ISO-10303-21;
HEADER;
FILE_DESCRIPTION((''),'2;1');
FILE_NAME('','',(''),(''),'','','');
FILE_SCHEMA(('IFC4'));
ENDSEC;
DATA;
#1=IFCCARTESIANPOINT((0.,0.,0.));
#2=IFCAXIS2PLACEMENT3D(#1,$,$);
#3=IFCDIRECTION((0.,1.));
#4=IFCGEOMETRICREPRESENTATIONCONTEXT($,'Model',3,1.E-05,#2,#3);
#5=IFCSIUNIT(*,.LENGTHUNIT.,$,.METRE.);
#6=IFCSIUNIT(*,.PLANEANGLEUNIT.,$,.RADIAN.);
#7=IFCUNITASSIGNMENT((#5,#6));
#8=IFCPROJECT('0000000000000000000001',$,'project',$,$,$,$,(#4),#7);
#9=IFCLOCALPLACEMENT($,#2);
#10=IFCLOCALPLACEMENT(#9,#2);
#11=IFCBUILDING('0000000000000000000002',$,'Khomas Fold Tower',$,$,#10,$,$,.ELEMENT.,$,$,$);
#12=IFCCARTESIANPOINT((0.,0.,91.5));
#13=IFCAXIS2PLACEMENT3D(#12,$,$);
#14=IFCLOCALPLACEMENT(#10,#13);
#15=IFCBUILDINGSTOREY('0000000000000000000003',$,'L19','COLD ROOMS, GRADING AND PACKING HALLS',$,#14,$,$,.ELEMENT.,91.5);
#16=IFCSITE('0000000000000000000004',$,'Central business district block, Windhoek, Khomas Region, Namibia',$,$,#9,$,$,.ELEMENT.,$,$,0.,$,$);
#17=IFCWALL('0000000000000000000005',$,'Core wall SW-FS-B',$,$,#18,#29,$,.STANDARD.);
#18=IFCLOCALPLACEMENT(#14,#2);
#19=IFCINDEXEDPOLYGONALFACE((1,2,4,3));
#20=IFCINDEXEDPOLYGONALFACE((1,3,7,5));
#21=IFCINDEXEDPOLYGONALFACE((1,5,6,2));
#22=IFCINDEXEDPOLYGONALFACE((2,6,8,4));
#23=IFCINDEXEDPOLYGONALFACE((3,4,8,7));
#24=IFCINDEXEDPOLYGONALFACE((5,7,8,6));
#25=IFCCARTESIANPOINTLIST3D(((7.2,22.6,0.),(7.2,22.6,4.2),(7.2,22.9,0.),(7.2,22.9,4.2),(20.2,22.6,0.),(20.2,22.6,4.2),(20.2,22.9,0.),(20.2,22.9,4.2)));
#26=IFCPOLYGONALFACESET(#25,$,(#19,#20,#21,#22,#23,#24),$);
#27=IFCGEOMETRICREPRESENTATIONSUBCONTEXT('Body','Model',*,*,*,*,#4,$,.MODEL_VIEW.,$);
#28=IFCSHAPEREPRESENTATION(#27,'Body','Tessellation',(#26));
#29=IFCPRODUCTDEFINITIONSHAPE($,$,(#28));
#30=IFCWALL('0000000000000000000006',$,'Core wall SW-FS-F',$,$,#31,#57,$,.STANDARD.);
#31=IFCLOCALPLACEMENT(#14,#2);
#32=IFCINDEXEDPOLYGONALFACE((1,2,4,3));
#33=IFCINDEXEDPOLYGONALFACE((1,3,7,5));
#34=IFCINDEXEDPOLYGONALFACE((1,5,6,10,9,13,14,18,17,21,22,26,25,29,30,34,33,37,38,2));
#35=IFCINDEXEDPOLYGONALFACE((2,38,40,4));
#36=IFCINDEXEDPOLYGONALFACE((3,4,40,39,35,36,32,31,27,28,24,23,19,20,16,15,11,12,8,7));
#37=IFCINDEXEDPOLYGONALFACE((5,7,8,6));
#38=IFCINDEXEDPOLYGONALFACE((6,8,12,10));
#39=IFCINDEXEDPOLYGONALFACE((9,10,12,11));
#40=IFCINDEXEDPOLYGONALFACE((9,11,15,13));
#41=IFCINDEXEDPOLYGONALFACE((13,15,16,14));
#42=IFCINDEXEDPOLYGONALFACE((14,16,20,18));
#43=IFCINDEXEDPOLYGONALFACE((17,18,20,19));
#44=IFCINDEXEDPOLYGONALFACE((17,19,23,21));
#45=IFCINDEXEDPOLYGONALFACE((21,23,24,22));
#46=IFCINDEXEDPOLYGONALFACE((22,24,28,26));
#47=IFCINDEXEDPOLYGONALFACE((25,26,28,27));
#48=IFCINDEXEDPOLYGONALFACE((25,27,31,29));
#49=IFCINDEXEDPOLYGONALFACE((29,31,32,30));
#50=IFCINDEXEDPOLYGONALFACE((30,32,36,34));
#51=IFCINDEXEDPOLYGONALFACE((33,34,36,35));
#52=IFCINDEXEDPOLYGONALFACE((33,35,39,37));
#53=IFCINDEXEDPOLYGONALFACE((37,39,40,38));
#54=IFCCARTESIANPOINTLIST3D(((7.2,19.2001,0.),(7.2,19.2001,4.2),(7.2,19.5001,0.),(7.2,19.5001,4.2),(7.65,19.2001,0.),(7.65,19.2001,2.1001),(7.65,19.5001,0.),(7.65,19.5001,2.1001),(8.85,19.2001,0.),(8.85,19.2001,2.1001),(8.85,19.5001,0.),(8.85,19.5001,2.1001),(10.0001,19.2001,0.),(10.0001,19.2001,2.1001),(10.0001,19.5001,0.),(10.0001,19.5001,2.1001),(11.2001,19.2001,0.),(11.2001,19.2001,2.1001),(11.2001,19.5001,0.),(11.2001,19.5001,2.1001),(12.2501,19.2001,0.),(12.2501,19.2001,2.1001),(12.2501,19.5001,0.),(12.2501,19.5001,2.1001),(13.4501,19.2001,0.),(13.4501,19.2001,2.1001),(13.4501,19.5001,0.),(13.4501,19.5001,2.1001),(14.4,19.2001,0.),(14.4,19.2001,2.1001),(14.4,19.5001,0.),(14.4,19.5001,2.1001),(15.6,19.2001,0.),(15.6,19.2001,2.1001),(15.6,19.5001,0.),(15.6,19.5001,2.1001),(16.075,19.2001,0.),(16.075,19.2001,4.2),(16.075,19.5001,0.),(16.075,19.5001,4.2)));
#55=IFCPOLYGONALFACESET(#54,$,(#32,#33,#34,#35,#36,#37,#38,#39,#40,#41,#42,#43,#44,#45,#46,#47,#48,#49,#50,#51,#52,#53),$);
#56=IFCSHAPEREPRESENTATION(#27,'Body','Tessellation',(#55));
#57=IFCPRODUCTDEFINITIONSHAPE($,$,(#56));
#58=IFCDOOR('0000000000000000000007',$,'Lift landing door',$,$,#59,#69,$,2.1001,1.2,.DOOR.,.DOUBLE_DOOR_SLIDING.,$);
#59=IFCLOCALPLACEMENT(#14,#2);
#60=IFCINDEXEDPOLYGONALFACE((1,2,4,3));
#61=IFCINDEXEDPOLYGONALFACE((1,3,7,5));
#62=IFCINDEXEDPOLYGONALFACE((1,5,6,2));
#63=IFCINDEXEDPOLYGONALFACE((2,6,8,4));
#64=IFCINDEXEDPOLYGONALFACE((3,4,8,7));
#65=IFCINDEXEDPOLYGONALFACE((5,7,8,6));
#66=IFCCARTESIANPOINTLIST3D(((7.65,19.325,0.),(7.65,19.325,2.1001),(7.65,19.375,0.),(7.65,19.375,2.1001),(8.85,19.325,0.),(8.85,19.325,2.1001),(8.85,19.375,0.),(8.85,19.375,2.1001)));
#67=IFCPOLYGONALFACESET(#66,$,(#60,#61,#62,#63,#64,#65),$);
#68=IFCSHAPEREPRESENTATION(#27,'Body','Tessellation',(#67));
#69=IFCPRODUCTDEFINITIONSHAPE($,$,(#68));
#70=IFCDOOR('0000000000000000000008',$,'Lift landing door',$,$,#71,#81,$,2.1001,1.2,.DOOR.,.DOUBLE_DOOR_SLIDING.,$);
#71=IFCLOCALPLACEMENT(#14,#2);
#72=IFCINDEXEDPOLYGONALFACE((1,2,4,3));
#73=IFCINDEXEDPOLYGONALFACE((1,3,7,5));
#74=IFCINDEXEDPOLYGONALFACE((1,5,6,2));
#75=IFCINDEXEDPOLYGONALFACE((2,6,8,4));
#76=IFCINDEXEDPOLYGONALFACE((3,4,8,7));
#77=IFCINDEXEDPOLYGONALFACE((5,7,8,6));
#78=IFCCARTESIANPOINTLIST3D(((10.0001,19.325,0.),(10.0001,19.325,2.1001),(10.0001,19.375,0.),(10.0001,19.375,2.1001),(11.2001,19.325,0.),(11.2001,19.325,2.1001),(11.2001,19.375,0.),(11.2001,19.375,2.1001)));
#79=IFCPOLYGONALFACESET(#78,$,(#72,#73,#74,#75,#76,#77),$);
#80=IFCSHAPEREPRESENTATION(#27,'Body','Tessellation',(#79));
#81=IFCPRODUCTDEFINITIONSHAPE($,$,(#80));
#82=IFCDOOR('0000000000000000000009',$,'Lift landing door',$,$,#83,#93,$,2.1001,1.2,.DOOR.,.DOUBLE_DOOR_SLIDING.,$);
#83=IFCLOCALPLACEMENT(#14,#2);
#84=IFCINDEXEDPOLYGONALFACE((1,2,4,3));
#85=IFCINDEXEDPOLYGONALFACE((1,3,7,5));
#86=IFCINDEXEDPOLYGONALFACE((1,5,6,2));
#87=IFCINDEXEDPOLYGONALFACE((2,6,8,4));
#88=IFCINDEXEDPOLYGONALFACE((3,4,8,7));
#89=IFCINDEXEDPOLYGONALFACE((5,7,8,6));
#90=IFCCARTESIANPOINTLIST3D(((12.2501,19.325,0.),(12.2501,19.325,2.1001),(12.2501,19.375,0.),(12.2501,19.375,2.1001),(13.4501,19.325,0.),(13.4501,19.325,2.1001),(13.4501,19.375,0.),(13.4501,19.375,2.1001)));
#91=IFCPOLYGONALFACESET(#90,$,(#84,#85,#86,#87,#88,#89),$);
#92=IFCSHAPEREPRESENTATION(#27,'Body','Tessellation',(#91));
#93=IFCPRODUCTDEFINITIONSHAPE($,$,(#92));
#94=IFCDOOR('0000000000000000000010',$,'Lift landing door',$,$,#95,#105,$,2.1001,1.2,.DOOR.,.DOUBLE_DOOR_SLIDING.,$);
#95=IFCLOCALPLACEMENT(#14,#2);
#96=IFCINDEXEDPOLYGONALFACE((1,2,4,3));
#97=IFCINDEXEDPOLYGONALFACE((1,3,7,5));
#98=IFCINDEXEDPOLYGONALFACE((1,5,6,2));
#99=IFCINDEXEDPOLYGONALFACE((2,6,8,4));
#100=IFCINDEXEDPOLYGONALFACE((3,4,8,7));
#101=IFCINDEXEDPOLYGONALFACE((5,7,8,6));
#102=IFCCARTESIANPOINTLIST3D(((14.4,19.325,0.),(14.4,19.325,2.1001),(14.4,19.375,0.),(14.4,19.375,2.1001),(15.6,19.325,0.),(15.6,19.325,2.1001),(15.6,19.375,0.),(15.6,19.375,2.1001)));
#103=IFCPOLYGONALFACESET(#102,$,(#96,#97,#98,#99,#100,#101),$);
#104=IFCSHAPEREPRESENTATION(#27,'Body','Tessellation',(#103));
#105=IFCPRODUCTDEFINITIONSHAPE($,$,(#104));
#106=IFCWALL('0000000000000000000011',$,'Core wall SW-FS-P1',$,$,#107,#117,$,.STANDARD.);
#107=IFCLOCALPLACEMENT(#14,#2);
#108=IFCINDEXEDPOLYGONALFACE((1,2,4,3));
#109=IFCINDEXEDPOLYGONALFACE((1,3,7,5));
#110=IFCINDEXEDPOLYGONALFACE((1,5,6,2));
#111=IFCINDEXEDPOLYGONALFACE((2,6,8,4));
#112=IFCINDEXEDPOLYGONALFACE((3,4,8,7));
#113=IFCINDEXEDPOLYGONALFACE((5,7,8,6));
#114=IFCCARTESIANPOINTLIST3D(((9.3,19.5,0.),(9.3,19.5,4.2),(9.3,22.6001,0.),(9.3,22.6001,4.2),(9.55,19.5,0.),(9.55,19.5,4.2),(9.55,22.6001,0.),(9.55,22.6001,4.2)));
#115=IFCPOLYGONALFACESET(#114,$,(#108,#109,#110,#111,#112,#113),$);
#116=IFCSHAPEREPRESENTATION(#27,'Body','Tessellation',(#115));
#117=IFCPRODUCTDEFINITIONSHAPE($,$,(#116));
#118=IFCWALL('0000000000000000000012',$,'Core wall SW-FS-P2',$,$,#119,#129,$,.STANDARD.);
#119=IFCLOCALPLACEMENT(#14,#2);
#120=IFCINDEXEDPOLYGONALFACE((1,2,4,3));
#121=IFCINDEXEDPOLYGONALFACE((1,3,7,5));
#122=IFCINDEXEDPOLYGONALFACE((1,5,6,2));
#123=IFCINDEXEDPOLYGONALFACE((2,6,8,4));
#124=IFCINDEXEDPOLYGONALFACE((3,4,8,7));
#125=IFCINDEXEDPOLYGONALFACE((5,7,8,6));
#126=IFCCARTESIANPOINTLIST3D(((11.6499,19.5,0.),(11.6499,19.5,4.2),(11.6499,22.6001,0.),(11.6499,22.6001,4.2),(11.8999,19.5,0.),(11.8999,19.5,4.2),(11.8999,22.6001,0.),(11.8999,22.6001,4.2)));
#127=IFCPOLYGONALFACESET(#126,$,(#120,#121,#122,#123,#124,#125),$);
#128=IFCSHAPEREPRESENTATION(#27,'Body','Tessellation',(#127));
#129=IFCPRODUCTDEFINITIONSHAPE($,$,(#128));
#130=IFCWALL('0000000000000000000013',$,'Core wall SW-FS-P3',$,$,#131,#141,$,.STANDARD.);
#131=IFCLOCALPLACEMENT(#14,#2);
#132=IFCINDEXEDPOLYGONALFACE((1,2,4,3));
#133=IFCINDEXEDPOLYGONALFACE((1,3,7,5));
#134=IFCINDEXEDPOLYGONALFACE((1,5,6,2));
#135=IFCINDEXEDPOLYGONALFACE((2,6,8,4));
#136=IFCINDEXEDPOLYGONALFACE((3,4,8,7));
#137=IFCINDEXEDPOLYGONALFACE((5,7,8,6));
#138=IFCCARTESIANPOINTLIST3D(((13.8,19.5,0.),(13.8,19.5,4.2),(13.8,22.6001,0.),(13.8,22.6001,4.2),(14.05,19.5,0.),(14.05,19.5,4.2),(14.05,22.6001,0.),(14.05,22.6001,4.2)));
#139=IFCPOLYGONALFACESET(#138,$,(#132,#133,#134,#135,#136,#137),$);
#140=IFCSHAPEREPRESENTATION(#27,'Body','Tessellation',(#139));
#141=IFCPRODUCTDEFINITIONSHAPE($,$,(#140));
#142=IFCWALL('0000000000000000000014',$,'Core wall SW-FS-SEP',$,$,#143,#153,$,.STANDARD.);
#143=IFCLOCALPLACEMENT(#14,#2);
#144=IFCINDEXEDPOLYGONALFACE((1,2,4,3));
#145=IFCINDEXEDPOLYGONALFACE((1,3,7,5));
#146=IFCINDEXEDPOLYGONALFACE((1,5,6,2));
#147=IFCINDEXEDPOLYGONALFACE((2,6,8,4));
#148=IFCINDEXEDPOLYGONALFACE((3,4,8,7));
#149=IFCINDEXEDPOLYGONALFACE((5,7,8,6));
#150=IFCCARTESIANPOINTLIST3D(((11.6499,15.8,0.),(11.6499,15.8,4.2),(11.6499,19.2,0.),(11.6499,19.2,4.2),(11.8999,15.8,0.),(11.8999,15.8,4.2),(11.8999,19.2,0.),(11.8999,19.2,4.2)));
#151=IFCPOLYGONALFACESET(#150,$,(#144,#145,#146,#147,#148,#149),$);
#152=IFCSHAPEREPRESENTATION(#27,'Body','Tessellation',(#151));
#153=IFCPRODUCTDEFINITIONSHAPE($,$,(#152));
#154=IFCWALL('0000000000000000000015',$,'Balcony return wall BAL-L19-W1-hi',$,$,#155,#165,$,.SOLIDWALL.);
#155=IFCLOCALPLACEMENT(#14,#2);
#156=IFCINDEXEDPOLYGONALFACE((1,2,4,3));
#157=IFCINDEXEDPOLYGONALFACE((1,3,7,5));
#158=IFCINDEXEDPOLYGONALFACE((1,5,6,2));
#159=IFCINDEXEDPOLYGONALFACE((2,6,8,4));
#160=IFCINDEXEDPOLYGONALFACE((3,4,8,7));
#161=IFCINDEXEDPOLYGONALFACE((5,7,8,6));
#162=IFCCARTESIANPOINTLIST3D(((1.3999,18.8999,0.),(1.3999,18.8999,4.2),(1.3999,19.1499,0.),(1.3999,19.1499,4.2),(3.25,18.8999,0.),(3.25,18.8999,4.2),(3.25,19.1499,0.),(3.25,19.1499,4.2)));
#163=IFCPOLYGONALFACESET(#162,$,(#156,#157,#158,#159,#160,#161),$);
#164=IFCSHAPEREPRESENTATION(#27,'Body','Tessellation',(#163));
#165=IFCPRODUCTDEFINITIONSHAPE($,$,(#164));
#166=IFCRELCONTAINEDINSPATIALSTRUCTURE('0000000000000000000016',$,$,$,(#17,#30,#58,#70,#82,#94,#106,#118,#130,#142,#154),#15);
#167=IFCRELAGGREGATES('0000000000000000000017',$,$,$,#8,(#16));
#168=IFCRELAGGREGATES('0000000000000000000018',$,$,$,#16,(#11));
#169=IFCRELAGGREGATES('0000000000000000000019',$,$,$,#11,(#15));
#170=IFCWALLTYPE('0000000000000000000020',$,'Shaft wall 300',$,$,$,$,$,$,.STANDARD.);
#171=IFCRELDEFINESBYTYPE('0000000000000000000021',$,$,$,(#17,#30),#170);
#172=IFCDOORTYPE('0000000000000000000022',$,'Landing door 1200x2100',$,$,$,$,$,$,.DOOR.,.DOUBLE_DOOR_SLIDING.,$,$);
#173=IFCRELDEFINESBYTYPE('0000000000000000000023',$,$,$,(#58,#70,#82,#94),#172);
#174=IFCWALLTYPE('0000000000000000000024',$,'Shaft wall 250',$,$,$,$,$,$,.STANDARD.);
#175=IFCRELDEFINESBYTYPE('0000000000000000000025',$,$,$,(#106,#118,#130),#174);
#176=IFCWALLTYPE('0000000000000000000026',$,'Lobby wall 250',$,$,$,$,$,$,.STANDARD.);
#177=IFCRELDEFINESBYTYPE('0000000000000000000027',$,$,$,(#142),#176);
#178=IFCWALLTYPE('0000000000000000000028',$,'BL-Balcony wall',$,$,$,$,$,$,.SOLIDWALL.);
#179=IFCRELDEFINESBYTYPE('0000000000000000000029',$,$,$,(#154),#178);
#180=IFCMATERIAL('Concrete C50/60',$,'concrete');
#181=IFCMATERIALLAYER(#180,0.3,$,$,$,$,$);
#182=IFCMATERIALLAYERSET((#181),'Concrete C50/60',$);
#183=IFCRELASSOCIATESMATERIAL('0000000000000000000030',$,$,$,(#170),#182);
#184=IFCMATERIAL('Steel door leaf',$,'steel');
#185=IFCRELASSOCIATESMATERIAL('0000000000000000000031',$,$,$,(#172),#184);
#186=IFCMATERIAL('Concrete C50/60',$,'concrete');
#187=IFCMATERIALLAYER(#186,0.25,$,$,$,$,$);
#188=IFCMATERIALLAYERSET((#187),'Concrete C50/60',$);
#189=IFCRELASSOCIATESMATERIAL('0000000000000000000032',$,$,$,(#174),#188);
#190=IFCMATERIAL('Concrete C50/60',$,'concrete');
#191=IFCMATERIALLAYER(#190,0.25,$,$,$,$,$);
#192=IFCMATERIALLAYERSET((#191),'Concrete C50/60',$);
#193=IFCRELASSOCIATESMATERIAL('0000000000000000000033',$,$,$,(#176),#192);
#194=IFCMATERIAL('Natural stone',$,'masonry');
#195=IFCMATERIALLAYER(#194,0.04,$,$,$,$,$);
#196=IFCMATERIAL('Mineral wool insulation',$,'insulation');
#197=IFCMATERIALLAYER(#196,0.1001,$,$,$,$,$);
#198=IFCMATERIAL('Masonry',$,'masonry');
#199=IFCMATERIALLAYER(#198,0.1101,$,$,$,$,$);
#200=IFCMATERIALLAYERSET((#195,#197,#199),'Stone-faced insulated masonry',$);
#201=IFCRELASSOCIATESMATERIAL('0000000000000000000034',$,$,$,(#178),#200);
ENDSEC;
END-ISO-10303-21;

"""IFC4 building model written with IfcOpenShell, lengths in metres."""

from ifc_helpers import new_model, si_unit, direction, frame, frame_2d, origin, place, context, subcontext, project, spatial, rectangle, extrude, source, transform, mapped, material, layer, layer_set, type_object, element, fill, save


model = new_model("IFC4")

# Units and contexts
model_context = context("Model", 3, precision=1e-05, world=origin(), true_north=direction((0.0, 1.0)))
body_context = subcontext(model_context, "Body", "Model", "MODEL_VIEW")
ifc_project = project(units=[si_unit("LENGTHUNIT", "METRE"), si_unit("PLANEANGLEUNIT", "RADIAN")], contexts=[model_context])

# Site, building, storey
site_placement = place(None, origin())
site = spatial("IfcSite", under=ifc_project, at=site_placement, Name="Central business district block, Windhoek, Khomas Region, Namibia", CompositionType="ELEMENT", RefElevation=0.0)
building_placement = place(site_placement, origin())
building = spatial("IfcBuilding", under=site, at=building_placement, Name="Khomas Fold Tower", CompositionType="ELEMENT")
storey_placement = place(building_placement, frame((0.0, 0.0, 91.5)))
storey = spatial("IfcBuildingStorey", under=building, at=storey_placement, Name="L19", Description="COLD ROOMS, GRADING AND PACKING HALLS", CompositionType="ELEMENT", Elevation=91.5)

# Wall
ifc_material_1 = material(Name="Concrete C50/60", Category="concrete")
ifc_layer_1 = layer(ifc_material_1, 0.3)
ifc_layer_set_1 = layer_set([ifc_layer_1], Name="Concrete C50/60")
wall_type_1 = type_object("IfcWallType", Name="Shaft wall 300", PredefinedType="STANDARD", material=ifc_layer_set_1)
shared_shape_1 = source(origin(), body_context, "Body", "SweptSolid", [
    extrude(rectangle(XDim=13.0, YDim=0.3, at=frame_2d((6.5, 0.0))), origin(), (0.0, 0.0, 1.0), 4.2),
])
wall_1_placement = place(storey_placement, frame((7.2, 22.75, 0.0), z_axis=(0.0, 0.0, 1.0), x_axis=(1.0, 0.0, 0.0)))
element("IfcWall", 1, at=wall_1_placement, inside=storey, type_object=wall_type_1, Name="Core wall SW-FS-B", PredefinedType="STANDARD", context=body_context, shape_type="MappedRepresentation", body=[
    mapped(shared_shape_1, transform((0.0, 0.0, 0.0))),
])

# Wall, openings, doors
shared_shape_2 = source(origin(), body_context, "Body", "SweptSolid", [
    extrude(rectangle(XDim=8.875, YDim=0.3, at=frame_2d((4.4375, 0.0))), origin(), (0.0, 0.0, 1.0), 4.2),
])
wall_2_placement = place(storey_placement, frame((7.2, 19.3501, 0.0), z_axis=(0.0, 0.0, 1.0), x_axis=(1.0, 0.0, 0.0)))
wall_2 = element("IfcWall", 2, at=wall_2_placement, inside=storey, type_object=wall_type_1, Name="Core wall SW-FS-F", PredefinedType="STANDARD", context=body_context, shape_type="MappedRepresentation", body=[
    mapped(shared_shape_2, transform((0.0, 0.0, 0.0))),
])
shared_shape_3 = source(origin(), body_context, "Body", "SweptSolid", [
    extrude(rectangle(XDim=1.2, YDim=2.1001, at=frame_2d((0.6001, 1.05))), frame((0.0, 0.1599, 0.0), z_axis=(0.0, -1.0, 0.0), x_axis=(1.0, 0.0, 0.0)), (0.0, 0.0, 1.0), 0.3201),
])
opening_1_placement = place(wall_2_placement, frame((0.45, 0.0, 0.0)))
opening_1 = element("IfcOpeningElement", 3, at=opening_1_placement, cuts=wall_2, PredefinedType="OPENING", context=body_context, shape_type="MappedRepresentation", body=[
    mapped(shared_shape_3, transform((0.0, 0.0, 0.0))),
])
opening_2_placement = place(wall_2_placement, frame((2.8, 0.0, 0.0)))
opening_2 = element("IfcOpeningElement", 4, at=opening_2_placement, cuts=wall_2, PredefinedType="OPENING", context=body_context, shape_type="MappedRepresentation", body=[
    mapped(shared_shape_3, transform((0.0, 0.0, 0.0))),
])
opening_3_placement = place(wall_2_placement, frame((5.05, 0.0, 0.0)))
opening_3 = element("IfcOpeningElement", 5, at=opening_3_placement, cuts=wall_2, PredefinedType="OPENING", context=body_context, shape_type="MappedRepresentation", body=[
    mapped(shared_shape_3, transform((0.0, 0.0, 0.0))),
])
opening_4_placement = place(wall_2_placement, frame((7.2, 0.0, 0.0)))
opening_4 = element("IfcOpeningElement", 6, at=opening_4_placement, cuts=wall_2, PredefinedType="OPENING", context=body_context, shape_type="MappedRepresentation", body=[
    mapped(shared_shape_3, transform((0.0, 0.0, 0.0))),
])
ifc_material_2 = material(Name="Steel door leaf", Category="steel")
door_type_1 = type_object("IfcDoorType", Name="Landing door 1200x2100", OperationType="DOUBLE_DOOR_SLIDING", PredefinedType="DOOR", material=ifc_material_2)
shared_shape_4 = source(origin(), body_context, "Body", "SweptSolid", [
    extrude(rectangle(XDim=1.2, YDim=2.1001, at=frame_2d((0.6001, 1.05))), frame((0.0, 0.0249, 0.0), z_axis=(0.0, -1.0, 0.0), x_axis=(1.0, 0.0, 0.0)), (0.0, 0.0, 1.0), 0.05),
])
door_1_placement = place(opening_1_placement, origin())
door_1 = element("IfcDoor", 7, at=door_1_placement, inside=storey, type_object=door_type_1, Name="Lift landing door", OperationType="DOUBLE_DOOR_SLIDING", OverallHeight=2.1001, OverallWidth=1.2, PredefinedType="DOOR", context=body_context, shape_type="MappedRepresentation", body=[
    mapped(shared_shape_4, transform((0.0, 0.0, 0.0))),
])
fill(opening_1, door_1)
door_2_placement = place(opening_2_placement, origin())
door_2 = element("IfcDoor", 8, at=door_2_placement, inside=storey, type_object=door_type_1, Name="Lift landing door", OperationType="DOUBLE_DOOR_SLIDING", OverallHeight=2.1001, OverallWidth=1.2, PredefinedType="DOOR", context=body_context, shape_type="MappedRepresentation", body=[
    mapped(shared_shape_4, transform((0.0, 0.0, 0.0))),
])
fill(opening_2, door_2)
door_3_placement = place(opening_3_placement, origin())
door_3 = element("IfcDoor", 9, at=door_3_placement, inside=storey, type_object=door_type_1, Name="Lift landing door", OperationType="DOUBLE_DOOR_SLIDING", OverallHeight=2.1001, OverallWidth=1.2, PredefinedType="DOOR", context=body_context, shape_type="MappedRepresentation", body=[
    mapped(shared_shape_4, transform((0.0, 0.0, 0.0))),
])
fill(opening_3, door_3)
door_4_placement = place(opening_4_placement, origin())
door_4 = element("IfcDoor", 10, at=door_4_placement, inside=storey, type_object=door_type_1, Name="Lift landing door", OperationType="DOUBLE_DOOR_SLIDING", OverallHeight=2.1001, OverallWidth=1.2, PredefinedType="DOOR", context=body_context, shape_type="MappedRepresentation", body=[
    mapped(shared_shape_4, transform((0.0, 0.0, 0.0))),
])
fill(opening_4, door_4)

# Walls
ifc_material_3 = material(Name="Concrete C50/60", Category="concrete")
ifc_layer_2 = layer(ifc_material_3, 0.25)
ifc_layer_set_2 = layer_set([ifc_layer_2], Name="Concrete C50/60")
wall_type_2 = type_object("IfcWallType", Name="Shaft wall 250", PredefinedType="STANDARD", material=ifc_layer_set_2)
shared_shape_5 = source(origin(), body_context, "Body", "SweptSolid", [
    extrude(rectangle(XDim=3.1001, YDim=0.25, at=frame_2d((1.55, 0.0))), origin(), (0.0, 0.0, 1.0), 4.2),
])
for number, where, z_axis, x_axis, name in (
    (11, (9.425, 19.5, 0.0), (0.0, 0.0, 1.0), (0.0, 1.0, 0.0), "Core wall SW-FS-P1"),
    (12, (11.7749, 19.5, 0.0), (0.0, 0.0, 1.0), (0.0, 1.0, 0.0), "Core wall SW-FS-P2"),
    (13, (13.925, 19.5, 0.0), (0.0, 0.0, 1.0), (0.0, 1.0, 0.0), "Core wall SW-FS-P3"),
):
    element("IfcWall", number, at=place(storey_placement, frame(where, z_axis=z_axis, x_axis=x_axis)), inside=storey, type_object=wall_type_2, Name=name, PredefinedType="STANDARD", context=body_context, shape_type="MappedRepresentation", body=[
        mapped(shared_shape_5, transform((0.0, 0.0, 0.0))),
    ])
ifc_material_4 = material(Name="Concrete C50/60", Category="concrete")
ifc_layer_3 = layer(ifc_material_4, 0.25)
ifc_layer_set_3 = layer_set([ifc_layer_3], Name="Concrete C50/60")
wall_type_3 = type_object("IfcWallType", Name="Lobby wall 250", PredefinedType="STANDARD", material=ifc_layer_set_3)
shared_shape_6 = source(origin(), body_context, "Body", "SweptSolid", [
    extrude(rectangle(XDim=3.3999, YDim=0.25, at=frame_2d((1.7, 0.0))), origin(), (0.0, 0.0, 1.0), 4.2),
])
wall_3_placement = place(storey_placement, frame((11.7749, 15.8, 0.0), z_axis=(0.0, 0.0, 1.0), x_axis=(0.0, 1.0, 0.0)))
element("IfcWall", 14, at=wall_3_placement, inside=storey, type_object=wall_type_3, Name="Core wall SW-FS-SEP", PredefinedType="STANDARD", context=body_context, shape_type="MappedRepresentation", body=[
    mapped(shared_shape_6, transform((0.0, 0.0, 0.0))),
])
ifc_material_5 = material(Name="Natural stone", Category="masonry")
ifc_layer_4 = layer(ifc_material_5, 0.04)
ifc_material_6 = material(Name="Mineral wool insulation", Category="insulation")
ifc_layer_5 = layer(ifc_material_6, 0.1001)
ifc_material_7 = material(Name="Masonry", Category="masonry")
ifc_layer_6 = layer(ifc_material_7, 0.1101)
ifc_layer_set_4 = layer_set([ifc_layer_4, ifc_layer_5, ifc_layer_6], Name="Stone-faced insulated masonry")
wall_type_4 = type_object("IfcWallType", Name="BL-Balcony wall", PredefinedType="SOLIDWALL", material=ifc_layer_set_4)
shared_shape_7 = source(origin(), body_context, "Body", "SweptSolid", [
    extrude(rectangle(XDim=1.8501, YDim=0.25, at=frame_2d((0.925, 0.0))), origin(), (0.0, 0.0, 1.0), 4.2),
])
wall_4_placement = place(storey_placement, frame((1.3999, 19.0249, 0.0), z_axis=(0.0, 0.0, 1.0), x_axis=(1.0, 0.0, 0.0)))
element("IfcWall", 15, at=wall_4_placement, inside=storey, type_object=wall_type_4, Name="Balcony return wall BAL-L19-W1-hi", PredefinedType="SOLIDWALL", context=body_context, shape_type="MappedRepresentation", body=[
    mapped(shared_shape_7, transform((0.0, 0.0, 0.0))),
])

save(model, "model.ifc")
